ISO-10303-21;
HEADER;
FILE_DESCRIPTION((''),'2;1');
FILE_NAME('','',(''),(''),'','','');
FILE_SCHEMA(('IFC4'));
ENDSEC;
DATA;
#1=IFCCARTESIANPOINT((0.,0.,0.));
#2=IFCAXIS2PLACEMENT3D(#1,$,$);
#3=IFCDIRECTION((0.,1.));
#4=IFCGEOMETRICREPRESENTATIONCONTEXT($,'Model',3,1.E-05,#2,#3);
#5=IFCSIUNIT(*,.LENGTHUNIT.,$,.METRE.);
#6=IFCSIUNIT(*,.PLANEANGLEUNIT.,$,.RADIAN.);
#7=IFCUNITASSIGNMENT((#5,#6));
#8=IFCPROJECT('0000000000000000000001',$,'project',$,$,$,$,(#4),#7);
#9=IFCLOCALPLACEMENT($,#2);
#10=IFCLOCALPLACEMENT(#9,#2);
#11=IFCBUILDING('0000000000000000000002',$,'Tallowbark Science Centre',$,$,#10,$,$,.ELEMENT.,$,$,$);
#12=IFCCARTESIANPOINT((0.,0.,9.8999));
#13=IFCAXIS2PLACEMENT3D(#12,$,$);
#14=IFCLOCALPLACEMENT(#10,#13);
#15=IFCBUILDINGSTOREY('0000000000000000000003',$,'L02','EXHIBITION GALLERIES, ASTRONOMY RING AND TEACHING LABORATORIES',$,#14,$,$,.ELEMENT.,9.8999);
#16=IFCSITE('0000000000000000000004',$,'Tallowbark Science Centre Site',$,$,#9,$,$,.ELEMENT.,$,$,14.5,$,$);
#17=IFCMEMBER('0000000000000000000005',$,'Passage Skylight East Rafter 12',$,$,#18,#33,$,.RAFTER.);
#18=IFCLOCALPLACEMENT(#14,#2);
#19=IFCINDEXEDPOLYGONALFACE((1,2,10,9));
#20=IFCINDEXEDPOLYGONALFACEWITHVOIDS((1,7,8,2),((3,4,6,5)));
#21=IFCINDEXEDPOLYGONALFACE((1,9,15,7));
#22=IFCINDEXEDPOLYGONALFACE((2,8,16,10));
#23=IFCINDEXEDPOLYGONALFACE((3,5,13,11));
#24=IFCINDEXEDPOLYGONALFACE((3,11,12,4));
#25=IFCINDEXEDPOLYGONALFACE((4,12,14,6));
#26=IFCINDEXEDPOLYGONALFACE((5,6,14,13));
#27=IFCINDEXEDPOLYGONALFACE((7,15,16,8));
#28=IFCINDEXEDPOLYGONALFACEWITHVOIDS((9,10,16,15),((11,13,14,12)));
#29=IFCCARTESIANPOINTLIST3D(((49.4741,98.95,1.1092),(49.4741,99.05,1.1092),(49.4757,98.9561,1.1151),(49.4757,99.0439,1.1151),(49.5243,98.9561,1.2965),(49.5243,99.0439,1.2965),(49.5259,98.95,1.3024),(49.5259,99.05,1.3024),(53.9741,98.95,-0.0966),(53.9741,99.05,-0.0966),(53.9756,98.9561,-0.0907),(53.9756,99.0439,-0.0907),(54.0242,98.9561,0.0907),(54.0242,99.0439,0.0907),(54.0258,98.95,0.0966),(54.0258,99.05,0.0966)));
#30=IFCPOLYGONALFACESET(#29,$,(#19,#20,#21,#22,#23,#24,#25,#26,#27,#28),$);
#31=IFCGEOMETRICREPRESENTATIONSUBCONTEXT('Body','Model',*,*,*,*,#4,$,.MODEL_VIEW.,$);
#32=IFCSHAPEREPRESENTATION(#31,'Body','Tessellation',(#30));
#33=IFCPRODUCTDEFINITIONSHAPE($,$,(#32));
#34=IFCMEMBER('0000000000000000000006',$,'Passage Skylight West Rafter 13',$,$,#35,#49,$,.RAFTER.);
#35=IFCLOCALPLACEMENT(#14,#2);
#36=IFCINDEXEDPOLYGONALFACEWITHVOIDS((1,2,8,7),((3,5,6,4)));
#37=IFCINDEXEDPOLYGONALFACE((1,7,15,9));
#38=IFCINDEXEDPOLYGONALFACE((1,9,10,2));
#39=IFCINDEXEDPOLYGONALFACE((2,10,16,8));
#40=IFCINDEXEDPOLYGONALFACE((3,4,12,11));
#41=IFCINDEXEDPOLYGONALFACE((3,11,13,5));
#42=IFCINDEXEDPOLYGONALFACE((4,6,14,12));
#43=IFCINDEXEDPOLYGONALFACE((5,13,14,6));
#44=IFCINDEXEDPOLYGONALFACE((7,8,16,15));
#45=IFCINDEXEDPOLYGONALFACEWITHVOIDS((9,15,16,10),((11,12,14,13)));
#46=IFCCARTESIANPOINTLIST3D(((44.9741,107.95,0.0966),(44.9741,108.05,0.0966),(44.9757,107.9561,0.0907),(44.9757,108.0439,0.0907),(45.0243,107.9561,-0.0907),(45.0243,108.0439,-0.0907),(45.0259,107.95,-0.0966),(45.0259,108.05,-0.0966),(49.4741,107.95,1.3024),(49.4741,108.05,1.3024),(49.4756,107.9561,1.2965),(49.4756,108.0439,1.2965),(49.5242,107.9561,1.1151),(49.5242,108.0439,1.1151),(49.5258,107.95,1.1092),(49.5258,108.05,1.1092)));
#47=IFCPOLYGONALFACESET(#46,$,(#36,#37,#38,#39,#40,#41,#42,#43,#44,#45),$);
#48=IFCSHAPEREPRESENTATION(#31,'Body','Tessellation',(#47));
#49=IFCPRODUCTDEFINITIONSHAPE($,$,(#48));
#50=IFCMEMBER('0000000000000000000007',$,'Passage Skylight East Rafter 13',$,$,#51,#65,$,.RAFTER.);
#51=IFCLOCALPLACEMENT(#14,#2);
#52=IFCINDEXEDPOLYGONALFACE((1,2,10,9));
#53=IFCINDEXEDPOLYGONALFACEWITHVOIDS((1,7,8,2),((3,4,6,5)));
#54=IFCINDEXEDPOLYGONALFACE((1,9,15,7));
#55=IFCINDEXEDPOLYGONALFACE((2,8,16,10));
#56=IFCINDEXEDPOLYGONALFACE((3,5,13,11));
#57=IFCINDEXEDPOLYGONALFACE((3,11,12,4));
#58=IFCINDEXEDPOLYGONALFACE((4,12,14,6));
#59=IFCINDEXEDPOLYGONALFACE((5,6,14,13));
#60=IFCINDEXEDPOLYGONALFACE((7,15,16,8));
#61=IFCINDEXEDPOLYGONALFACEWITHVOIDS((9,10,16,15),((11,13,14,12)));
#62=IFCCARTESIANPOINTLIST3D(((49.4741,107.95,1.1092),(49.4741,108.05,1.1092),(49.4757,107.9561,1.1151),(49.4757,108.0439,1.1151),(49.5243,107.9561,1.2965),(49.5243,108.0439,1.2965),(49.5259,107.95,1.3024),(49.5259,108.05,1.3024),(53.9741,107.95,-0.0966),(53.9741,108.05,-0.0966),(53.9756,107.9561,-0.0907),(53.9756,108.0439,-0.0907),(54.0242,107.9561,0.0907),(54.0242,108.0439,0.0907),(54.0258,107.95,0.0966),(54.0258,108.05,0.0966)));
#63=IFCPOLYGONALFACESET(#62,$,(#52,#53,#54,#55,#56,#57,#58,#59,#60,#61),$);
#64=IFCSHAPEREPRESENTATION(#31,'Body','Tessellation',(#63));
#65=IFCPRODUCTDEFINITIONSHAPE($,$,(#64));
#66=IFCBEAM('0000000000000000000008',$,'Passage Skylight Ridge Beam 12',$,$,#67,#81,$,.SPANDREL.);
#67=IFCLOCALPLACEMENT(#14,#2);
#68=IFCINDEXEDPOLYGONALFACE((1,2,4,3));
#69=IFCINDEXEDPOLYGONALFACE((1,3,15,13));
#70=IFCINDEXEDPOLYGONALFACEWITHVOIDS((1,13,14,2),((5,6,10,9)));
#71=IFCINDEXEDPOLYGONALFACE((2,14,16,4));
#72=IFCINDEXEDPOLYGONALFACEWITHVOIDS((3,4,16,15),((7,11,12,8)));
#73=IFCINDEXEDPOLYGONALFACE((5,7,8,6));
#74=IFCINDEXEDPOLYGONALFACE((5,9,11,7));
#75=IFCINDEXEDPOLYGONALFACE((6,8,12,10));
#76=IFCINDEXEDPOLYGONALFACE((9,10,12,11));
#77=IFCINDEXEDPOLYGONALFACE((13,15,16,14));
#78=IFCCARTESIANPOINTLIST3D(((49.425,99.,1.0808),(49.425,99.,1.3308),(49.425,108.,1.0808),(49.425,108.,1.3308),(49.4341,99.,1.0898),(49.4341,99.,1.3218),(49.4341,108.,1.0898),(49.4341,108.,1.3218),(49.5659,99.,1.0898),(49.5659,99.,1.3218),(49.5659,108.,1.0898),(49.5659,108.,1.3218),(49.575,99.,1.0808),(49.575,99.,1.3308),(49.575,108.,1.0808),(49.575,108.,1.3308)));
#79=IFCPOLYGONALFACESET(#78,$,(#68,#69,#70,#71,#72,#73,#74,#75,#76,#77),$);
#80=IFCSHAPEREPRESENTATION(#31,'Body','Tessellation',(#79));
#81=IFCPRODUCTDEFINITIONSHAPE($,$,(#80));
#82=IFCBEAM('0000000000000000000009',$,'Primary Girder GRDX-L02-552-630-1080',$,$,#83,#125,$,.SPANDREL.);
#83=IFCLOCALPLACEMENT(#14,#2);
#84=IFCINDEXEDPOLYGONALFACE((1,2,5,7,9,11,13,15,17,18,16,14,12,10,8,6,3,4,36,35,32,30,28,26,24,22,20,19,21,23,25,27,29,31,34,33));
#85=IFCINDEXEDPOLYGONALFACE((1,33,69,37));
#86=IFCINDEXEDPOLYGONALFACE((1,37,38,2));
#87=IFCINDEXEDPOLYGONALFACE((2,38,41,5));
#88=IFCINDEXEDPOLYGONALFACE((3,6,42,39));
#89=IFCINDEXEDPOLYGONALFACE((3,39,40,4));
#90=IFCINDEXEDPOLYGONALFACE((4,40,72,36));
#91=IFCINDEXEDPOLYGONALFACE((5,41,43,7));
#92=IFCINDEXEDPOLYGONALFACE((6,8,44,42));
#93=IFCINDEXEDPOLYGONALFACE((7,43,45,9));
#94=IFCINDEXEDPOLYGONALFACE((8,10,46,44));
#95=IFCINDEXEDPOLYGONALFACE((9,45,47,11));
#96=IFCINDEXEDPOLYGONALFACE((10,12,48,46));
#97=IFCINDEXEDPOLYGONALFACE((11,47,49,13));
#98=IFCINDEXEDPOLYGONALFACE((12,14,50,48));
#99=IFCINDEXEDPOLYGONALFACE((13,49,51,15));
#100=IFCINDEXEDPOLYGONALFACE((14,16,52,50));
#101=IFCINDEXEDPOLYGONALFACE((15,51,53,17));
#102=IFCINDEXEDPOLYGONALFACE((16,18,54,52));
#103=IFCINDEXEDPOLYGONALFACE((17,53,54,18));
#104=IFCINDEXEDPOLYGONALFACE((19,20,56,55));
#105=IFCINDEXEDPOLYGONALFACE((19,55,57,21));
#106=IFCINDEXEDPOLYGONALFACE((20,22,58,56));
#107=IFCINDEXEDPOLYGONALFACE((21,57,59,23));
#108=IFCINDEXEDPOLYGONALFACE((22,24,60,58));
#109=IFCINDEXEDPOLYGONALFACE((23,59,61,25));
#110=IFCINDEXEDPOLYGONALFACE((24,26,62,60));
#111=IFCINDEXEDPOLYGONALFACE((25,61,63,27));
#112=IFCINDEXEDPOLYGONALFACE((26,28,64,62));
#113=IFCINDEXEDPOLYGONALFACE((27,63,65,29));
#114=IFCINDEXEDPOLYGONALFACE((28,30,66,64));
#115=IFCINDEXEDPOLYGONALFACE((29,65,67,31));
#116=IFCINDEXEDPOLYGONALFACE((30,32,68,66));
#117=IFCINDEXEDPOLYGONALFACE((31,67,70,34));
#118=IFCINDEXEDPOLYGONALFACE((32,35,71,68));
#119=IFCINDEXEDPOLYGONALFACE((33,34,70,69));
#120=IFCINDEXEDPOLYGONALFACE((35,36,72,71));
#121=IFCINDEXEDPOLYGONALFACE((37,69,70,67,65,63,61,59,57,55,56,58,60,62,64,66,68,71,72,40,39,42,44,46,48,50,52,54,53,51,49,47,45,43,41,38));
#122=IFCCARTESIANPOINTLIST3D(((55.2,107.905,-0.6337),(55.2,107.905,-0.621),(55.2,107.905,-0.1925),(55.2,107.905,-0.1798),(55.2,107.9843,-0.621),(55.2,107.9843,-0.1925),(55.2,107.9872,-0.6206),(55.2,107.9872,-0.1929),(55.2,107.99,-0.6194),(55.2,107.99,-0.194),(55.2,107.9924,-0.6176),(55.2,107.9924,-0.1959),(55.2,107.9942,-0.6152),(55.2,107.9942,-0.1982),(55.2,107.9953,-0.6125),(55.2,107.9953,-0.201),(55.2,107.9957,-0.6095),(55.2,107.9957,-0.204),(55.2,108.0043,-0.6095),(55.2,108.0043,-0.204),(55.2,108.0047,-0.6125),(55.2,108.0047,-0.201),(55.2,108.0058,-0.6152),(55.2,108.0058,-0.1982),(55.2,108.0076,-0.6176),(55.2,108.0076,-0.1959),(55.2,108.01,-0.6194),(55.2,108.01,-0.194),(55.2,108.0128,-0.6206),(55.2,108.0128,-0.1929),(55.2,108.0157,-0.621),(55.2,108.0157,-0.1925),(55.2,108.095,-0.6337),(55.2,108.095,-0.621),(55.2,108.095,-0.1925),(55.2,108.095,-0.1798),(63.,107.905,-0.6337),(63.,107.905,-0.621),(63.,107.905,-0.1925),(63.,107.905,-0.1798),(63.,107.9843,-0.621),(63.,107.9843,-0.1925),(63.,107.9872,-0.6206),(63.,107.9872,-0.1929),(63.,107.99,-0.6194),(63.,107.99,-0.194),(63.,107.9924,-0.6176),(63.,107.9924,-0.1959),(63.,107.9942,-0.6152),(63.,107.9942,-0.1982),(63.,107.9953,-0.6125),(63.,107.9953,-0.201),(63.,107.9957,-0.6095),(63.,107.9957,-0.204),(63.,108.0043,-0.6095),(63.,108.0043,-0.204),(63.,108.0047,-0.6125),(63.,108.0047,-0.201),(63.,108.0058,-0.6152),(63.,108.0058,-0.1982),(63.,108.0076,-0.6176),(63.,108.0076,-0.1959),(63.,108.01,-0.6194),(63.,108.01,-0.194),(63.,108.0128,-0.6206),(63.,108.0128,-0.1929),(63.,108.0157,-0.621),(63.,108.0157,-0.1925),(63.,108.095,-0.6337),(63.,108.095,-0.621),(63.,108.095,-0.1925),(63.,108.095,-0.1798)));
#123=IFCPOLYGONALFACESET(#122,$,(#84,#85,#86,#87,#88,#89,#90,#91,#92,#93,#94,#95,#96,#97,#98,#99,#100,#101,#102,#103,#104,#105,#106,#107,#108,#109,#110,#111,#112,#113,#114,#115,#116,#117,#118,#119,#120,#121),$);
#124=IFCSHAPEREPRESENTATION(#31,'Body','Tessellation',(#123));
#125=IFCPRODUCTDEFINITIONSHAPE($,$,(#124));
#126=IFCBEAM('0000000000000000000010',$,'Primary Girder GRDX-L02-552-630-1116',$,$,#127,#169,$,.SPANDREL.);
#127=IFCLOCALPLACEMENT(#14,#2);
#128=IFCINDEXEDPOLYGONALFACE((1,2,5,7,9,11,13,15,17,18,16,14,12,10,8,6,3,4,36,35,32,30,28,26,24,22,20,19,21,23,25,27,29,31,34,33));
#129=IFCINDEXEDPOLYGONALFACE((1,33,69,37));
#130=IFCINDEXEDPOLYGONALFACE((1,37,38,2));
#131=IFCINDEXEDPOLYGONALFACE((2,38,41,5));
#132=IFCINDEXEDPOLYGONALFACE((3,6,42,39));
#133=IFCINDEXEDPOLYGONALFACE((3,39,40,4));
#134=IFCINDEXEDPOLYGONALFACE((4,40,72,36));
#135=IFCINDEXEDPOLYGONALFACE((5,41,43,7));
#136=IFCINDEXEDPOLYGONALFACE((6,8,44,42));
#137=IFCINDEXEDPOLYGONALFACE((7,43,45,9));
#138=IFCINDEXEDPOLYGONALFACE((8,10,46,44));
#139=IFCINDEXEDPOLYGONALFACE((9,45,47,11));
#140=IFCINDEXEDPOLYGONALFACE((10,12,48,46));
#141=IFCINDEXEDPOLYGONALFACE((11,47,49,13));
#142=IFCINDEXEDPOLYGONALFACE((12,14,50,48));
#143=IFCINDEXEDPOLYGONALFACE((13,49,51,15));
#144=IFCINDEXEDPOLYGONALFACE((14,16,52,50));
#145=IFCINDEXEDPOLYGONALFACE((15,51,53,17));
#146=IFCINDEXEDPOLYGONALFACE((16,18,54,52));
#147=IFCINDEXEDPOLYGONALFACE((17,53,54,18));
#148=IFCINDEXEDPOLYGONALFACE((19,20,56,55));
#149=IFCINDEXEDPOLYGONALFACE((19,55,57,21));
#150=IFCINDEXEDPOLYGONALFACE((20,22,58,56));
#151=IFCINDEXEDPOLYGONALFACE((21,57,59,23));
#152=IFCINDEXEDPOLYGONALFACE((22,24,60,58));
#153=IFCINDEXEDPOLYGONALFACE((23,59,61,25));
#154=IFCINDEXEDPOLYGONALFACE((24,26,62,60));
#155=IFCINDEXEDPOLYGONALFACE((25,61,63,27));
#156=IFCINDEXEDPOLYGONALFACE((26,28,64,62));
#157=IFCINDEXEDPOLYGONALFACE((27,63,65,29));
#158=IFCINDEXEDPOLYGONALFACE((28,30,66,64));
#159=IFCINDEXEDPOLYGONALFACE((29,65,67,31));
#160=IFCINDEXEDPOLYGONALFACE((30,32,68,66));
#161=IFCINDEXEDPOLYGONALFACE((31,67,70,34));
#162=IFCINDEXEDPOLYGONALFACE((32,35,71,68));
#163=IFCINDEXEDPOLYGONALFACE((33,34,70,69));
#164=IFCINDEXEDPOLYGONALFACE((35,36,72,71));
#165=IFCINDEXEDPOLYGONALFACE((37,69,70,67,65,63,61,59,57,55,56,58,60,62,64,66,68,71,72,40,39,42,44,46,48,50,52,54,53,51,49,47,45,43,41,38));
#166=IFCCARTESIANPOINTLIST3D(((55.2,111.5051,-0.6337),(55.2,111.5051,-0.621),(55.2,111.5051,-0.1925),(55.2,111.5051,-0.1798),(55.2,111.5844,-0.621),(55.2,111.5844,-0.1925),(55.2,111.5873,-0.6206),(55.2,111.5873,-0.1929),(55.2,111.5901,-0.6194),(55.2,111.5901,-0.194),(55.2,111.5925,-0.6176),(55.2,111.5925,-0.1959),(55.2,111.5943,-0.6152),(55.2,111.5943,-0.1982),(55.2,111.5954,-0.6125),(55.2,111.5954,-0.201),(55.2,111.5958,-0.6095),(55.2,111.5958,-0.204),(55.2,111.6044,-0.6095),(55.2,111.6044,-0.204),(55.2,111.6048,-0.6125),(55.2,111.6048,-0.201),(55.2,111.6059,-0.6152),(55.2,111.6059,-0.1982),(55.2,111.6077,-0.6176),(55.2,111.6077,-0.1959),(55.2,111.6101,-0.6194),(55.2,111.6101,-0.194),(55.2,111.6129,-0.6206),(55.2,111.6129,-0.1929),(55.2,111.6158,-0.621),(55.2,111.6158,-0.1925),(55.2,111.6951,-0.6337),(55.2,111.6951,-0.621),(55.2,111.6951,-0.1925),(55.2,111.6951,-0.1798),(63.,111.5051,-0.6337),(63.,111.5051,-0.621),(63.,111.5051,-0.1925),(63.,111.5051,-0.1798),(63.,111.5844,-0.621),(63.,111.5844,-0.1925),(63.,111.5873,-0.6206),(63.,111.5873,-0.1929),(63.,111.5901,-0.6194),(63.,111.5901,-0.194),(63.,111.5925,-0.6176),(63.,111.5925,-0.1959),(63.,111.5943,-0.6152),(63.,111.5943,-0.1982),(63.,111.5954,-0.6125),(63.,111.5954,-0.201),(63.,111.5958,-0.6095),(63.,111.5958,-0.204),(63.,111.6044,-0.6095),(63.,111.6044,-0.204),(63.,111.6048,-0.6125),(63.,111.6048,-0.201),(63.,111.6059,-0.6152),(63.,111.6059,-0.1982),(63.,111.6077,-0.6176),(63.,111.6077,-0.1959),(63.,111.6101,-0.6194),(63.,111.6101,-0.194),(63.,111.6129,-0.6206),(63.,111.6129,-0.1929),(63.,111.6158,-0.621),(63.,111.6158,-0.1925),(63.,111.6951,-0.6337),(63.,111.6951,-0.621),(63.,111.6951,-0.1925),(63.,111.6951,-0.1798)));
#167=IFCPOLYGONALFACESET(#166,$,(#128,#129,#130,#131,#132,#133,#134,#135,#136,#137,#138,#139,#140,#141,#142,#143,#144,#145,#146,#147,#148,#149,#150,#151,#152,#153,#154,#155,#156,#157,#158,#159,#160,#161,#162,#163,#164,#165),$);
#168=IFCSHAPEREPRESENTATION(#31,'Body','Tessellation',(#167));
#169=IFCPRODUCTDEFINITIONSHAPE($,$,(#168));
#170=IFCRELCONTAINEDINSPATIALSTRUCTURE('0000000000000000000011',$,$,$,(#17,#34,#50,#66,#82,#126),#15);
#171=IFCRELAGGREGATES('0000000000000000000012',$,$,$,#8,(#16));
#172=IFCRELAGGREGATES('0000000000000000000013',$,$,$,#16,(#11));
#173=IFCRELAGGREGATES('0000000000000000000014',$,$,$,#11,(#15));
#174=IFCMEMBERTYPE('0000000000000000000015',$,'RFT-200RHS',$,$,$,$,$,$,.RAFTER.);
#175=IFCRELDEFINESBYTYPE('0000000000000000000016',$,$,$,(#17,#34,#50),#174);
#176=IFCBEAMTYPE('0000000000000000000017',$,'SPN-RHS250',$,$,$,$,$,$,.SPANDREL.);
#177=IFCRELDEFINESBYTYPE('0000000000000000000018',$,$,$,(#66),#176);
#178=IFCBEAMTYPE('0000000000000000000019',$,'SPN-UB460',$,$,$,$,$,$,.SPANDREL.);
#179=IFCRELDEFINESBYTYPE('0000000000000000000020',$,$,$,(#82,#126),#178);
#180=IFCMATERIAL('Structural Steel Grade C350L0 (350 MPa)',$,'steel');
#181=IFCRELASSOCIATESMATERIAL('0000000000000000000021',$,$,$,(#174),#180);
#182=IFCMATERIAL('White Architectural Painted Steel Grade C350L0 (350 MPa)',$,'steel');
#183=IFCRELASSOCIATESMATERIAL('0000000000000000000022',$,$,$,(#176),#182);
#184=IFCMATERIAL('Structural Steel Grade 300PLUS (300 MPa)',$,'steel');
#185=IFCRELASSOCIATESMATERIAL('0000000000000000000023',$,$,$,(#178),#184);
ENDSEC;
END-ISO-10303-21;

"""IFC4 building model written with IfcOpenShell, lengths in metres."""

from ifc_helpers import new_model, si_unit, direction, frame, origin, origin_2d, place, context, subcontext, project, spatial, hollow_rectangle, i_section, extrude, material, material_profile, profile_set, type_object, element, save


model = new_model("IFC4")

# Units and contexts
model_context = context("Model", 3, precision=1e-05, world=origin(), true_north=direction((0.0, 1.0)))
body_context = subcontext(model_context, "Body", "Model", "MODEL_VIEW")
ifc_project = project(units=[si_unit("LENGTHUNIT", "METRE"), si_unit("PLANEANGLEUNIT", "RADIAN")], contexts=[model_context])

# Site, building, storey
site_placement = place(None, origin())
site = spatial("IfcSite", under=ifc_project, at=site_placement, Name="Tallowbark Science Centre Site", CompositionType="ELEMENT", RefElevation=14.5)
building_placement = place(site_placement, origin())
building = spatial("IfcBuilding", under=site, at=building_placement, Name="Tallowbark Science Centre", CompositionType="ELEMENT")
storey_placement = place(building_placement, frame((0.0, 0.0, 9.8999)))
storey = spatial("IfcBuildingStorey", under=building, at=storey_placement, Name="L02", Description="EXHIBITION GALLERIES, ASTRONOMY RING AND TEACHING LABORATORIES", CompositionType="ELEMENT", Elevation=9.8999)

# Shared definitions
ifc_material_1 = material(Name="Structural Steel Grade 300PLUS (300 MPa)", Category="steel")

# Members
ifc_material_2 = material(Name="Structural Steel Grade C350L0 (350 MPa)", Category="steel")
ifc_material_profile_1 = material_profile(ifc_material_2, hollow_rectangle(XDim=0.1001, YDim=0.2, WallThickness=0.0061, at=origin_2d()), Name="200x100x6.0RHS")
ifc_profile_set_1 = profile_set([ifc_material_profile_1], Name="Structural Steel Grade C350L0 (350 MPa)")
member_type_1 = type_object("IfcMemberType", Name="RFT-200RHS", PredefinedType="RAFTER", material=ifc_profile_set_1)
for number, where, z_axis, x_axis, name in (
    (1, (49.5, 99.0, 1.2058), (0.965924, 0.0, -0.258827), (0.0, 1.0, 0.0), "Passage Skylight East Rafter 12"),
    (2, (45.0, 108.0, 0.0), (0.965924, 0.0, 0.258827), (0.0, 1.0, 0.0), "Passage Skylight West Rafter 13"),
    (3, (49.5, 108.0, 1.2058), (0.965924, 0.0, -0.258827), (0.0, 1.0, 0.0), "Passage Skylight East Rafter 13"),
):
    element("IfcMember", number, at=place(storey_placement, frame(where, z_axis=z_axis, x_axis=x_axis)), inside=storey, type_object=member_type_1, Name=name, PredefinedType="RAFTER", context=body_context, shape_type="SweptSolid", body=[
        extrude(hollow_rectangle(XDim=0.1001, YDim=0.2, WallThickness=0.0061, at=origin_2d()), origin(), (0.0, 0.0, 1.0), 4.6587),
    ])

# Beams
ifc_material_3 = material(Name="White Architectural Painted Steel Grade C350L0 (350 MPa)", Category="steel")
ifc_material_profile_2 = material_profile(ifc_material_3, hollow_rectangle(XDim=0.1499, YDim=0.25, WallThickness=0.009, at=origin_2d()), Name="250x150x9.0RHS")
ifc_profile_set_2 = profile_set([ifc_material_profile_2], Name="White Architectural Painted Steel Grade C350L0 (350 MPa)")
beam_type_1 = type_object("IfcBeamType", Name="SPN-RHS250", PredefinedType="SPANDREL", material=ifc_profile_set_2)
beam_1_placement = place(storey_placement, frame((49.5, 99.0, 1.2058), z_axis=(0.0, 1.0, 0.0), x_axis=(-1.0, 0.0, 0.0)))
element("IfcBeam", 4, at=beam_1_placement, inside=storey, type_object=beam_type_1, Name="Passage Skylight Ridge Beam 12", PredefinedType="SPANDREL", context=body_context, shape_type="SweptSolid", body=[
    extrude(hollow_rectangle(XDim=0.1499, YDim=0.25, WallThickness=0.009, at=origin_2d()), origin(), (0.0, 0.0, 1.0), 9.0),
])
ifc_material_profile_3 = material_profile(ifc_material_1, i_section(OverallWidth=0.1899, OverallDepth=0.4539, WebThickness=0.0085, FlangeThickness=0.0127, FilletRadius=0.0115, at=origin_2d()), Name="460UB67.1")
ifc_profile_set_3 = profile_set([ifc_material_profile_3], Name="Structural Steel Grade 300PLUS (300 MPa)")
beam_type_2 = type_object("IfcBeamType", Name="SPN-UB460", PredefinedType="SPANDREL", material=ifc_profile_set_3)
for number, where, z_axis, x_axis, name in (
    (5, (55.2, 108.0, -0.4067), (1.0, 0.0, 0.0), (0.0, 1.0, 0.0), "Primary Girder GRDX-L02-552-630-1080"),
    (6, (55.2, 111.6001, -0.4067), (1.0, 0.0, 0.0), (0.0, 1.0, 0.0), "Primary Girder GRDX-L02-552-630-1116"),
):
    element("IfcBeam", number, at=place(storey_placement, frame(where, z_axis=z_axis, x_axis=x_axis)), inside=storey, type_object=beam_type_2, Name=name, PredefinedType="SPANDREL", context=body_context, shape_type="SweptSolid", body=[
        extrude(i_section(OverallWidth=0.1899, OverallDepth=0.4539, WebThickness=0.0085, FlangeThickness=0.0127, FilletRadius=0.0115, at=origin_2d()), origin(), (0.0, 0.0, 1.0), 7.8),
    ])

save(model, "model.ifc")
